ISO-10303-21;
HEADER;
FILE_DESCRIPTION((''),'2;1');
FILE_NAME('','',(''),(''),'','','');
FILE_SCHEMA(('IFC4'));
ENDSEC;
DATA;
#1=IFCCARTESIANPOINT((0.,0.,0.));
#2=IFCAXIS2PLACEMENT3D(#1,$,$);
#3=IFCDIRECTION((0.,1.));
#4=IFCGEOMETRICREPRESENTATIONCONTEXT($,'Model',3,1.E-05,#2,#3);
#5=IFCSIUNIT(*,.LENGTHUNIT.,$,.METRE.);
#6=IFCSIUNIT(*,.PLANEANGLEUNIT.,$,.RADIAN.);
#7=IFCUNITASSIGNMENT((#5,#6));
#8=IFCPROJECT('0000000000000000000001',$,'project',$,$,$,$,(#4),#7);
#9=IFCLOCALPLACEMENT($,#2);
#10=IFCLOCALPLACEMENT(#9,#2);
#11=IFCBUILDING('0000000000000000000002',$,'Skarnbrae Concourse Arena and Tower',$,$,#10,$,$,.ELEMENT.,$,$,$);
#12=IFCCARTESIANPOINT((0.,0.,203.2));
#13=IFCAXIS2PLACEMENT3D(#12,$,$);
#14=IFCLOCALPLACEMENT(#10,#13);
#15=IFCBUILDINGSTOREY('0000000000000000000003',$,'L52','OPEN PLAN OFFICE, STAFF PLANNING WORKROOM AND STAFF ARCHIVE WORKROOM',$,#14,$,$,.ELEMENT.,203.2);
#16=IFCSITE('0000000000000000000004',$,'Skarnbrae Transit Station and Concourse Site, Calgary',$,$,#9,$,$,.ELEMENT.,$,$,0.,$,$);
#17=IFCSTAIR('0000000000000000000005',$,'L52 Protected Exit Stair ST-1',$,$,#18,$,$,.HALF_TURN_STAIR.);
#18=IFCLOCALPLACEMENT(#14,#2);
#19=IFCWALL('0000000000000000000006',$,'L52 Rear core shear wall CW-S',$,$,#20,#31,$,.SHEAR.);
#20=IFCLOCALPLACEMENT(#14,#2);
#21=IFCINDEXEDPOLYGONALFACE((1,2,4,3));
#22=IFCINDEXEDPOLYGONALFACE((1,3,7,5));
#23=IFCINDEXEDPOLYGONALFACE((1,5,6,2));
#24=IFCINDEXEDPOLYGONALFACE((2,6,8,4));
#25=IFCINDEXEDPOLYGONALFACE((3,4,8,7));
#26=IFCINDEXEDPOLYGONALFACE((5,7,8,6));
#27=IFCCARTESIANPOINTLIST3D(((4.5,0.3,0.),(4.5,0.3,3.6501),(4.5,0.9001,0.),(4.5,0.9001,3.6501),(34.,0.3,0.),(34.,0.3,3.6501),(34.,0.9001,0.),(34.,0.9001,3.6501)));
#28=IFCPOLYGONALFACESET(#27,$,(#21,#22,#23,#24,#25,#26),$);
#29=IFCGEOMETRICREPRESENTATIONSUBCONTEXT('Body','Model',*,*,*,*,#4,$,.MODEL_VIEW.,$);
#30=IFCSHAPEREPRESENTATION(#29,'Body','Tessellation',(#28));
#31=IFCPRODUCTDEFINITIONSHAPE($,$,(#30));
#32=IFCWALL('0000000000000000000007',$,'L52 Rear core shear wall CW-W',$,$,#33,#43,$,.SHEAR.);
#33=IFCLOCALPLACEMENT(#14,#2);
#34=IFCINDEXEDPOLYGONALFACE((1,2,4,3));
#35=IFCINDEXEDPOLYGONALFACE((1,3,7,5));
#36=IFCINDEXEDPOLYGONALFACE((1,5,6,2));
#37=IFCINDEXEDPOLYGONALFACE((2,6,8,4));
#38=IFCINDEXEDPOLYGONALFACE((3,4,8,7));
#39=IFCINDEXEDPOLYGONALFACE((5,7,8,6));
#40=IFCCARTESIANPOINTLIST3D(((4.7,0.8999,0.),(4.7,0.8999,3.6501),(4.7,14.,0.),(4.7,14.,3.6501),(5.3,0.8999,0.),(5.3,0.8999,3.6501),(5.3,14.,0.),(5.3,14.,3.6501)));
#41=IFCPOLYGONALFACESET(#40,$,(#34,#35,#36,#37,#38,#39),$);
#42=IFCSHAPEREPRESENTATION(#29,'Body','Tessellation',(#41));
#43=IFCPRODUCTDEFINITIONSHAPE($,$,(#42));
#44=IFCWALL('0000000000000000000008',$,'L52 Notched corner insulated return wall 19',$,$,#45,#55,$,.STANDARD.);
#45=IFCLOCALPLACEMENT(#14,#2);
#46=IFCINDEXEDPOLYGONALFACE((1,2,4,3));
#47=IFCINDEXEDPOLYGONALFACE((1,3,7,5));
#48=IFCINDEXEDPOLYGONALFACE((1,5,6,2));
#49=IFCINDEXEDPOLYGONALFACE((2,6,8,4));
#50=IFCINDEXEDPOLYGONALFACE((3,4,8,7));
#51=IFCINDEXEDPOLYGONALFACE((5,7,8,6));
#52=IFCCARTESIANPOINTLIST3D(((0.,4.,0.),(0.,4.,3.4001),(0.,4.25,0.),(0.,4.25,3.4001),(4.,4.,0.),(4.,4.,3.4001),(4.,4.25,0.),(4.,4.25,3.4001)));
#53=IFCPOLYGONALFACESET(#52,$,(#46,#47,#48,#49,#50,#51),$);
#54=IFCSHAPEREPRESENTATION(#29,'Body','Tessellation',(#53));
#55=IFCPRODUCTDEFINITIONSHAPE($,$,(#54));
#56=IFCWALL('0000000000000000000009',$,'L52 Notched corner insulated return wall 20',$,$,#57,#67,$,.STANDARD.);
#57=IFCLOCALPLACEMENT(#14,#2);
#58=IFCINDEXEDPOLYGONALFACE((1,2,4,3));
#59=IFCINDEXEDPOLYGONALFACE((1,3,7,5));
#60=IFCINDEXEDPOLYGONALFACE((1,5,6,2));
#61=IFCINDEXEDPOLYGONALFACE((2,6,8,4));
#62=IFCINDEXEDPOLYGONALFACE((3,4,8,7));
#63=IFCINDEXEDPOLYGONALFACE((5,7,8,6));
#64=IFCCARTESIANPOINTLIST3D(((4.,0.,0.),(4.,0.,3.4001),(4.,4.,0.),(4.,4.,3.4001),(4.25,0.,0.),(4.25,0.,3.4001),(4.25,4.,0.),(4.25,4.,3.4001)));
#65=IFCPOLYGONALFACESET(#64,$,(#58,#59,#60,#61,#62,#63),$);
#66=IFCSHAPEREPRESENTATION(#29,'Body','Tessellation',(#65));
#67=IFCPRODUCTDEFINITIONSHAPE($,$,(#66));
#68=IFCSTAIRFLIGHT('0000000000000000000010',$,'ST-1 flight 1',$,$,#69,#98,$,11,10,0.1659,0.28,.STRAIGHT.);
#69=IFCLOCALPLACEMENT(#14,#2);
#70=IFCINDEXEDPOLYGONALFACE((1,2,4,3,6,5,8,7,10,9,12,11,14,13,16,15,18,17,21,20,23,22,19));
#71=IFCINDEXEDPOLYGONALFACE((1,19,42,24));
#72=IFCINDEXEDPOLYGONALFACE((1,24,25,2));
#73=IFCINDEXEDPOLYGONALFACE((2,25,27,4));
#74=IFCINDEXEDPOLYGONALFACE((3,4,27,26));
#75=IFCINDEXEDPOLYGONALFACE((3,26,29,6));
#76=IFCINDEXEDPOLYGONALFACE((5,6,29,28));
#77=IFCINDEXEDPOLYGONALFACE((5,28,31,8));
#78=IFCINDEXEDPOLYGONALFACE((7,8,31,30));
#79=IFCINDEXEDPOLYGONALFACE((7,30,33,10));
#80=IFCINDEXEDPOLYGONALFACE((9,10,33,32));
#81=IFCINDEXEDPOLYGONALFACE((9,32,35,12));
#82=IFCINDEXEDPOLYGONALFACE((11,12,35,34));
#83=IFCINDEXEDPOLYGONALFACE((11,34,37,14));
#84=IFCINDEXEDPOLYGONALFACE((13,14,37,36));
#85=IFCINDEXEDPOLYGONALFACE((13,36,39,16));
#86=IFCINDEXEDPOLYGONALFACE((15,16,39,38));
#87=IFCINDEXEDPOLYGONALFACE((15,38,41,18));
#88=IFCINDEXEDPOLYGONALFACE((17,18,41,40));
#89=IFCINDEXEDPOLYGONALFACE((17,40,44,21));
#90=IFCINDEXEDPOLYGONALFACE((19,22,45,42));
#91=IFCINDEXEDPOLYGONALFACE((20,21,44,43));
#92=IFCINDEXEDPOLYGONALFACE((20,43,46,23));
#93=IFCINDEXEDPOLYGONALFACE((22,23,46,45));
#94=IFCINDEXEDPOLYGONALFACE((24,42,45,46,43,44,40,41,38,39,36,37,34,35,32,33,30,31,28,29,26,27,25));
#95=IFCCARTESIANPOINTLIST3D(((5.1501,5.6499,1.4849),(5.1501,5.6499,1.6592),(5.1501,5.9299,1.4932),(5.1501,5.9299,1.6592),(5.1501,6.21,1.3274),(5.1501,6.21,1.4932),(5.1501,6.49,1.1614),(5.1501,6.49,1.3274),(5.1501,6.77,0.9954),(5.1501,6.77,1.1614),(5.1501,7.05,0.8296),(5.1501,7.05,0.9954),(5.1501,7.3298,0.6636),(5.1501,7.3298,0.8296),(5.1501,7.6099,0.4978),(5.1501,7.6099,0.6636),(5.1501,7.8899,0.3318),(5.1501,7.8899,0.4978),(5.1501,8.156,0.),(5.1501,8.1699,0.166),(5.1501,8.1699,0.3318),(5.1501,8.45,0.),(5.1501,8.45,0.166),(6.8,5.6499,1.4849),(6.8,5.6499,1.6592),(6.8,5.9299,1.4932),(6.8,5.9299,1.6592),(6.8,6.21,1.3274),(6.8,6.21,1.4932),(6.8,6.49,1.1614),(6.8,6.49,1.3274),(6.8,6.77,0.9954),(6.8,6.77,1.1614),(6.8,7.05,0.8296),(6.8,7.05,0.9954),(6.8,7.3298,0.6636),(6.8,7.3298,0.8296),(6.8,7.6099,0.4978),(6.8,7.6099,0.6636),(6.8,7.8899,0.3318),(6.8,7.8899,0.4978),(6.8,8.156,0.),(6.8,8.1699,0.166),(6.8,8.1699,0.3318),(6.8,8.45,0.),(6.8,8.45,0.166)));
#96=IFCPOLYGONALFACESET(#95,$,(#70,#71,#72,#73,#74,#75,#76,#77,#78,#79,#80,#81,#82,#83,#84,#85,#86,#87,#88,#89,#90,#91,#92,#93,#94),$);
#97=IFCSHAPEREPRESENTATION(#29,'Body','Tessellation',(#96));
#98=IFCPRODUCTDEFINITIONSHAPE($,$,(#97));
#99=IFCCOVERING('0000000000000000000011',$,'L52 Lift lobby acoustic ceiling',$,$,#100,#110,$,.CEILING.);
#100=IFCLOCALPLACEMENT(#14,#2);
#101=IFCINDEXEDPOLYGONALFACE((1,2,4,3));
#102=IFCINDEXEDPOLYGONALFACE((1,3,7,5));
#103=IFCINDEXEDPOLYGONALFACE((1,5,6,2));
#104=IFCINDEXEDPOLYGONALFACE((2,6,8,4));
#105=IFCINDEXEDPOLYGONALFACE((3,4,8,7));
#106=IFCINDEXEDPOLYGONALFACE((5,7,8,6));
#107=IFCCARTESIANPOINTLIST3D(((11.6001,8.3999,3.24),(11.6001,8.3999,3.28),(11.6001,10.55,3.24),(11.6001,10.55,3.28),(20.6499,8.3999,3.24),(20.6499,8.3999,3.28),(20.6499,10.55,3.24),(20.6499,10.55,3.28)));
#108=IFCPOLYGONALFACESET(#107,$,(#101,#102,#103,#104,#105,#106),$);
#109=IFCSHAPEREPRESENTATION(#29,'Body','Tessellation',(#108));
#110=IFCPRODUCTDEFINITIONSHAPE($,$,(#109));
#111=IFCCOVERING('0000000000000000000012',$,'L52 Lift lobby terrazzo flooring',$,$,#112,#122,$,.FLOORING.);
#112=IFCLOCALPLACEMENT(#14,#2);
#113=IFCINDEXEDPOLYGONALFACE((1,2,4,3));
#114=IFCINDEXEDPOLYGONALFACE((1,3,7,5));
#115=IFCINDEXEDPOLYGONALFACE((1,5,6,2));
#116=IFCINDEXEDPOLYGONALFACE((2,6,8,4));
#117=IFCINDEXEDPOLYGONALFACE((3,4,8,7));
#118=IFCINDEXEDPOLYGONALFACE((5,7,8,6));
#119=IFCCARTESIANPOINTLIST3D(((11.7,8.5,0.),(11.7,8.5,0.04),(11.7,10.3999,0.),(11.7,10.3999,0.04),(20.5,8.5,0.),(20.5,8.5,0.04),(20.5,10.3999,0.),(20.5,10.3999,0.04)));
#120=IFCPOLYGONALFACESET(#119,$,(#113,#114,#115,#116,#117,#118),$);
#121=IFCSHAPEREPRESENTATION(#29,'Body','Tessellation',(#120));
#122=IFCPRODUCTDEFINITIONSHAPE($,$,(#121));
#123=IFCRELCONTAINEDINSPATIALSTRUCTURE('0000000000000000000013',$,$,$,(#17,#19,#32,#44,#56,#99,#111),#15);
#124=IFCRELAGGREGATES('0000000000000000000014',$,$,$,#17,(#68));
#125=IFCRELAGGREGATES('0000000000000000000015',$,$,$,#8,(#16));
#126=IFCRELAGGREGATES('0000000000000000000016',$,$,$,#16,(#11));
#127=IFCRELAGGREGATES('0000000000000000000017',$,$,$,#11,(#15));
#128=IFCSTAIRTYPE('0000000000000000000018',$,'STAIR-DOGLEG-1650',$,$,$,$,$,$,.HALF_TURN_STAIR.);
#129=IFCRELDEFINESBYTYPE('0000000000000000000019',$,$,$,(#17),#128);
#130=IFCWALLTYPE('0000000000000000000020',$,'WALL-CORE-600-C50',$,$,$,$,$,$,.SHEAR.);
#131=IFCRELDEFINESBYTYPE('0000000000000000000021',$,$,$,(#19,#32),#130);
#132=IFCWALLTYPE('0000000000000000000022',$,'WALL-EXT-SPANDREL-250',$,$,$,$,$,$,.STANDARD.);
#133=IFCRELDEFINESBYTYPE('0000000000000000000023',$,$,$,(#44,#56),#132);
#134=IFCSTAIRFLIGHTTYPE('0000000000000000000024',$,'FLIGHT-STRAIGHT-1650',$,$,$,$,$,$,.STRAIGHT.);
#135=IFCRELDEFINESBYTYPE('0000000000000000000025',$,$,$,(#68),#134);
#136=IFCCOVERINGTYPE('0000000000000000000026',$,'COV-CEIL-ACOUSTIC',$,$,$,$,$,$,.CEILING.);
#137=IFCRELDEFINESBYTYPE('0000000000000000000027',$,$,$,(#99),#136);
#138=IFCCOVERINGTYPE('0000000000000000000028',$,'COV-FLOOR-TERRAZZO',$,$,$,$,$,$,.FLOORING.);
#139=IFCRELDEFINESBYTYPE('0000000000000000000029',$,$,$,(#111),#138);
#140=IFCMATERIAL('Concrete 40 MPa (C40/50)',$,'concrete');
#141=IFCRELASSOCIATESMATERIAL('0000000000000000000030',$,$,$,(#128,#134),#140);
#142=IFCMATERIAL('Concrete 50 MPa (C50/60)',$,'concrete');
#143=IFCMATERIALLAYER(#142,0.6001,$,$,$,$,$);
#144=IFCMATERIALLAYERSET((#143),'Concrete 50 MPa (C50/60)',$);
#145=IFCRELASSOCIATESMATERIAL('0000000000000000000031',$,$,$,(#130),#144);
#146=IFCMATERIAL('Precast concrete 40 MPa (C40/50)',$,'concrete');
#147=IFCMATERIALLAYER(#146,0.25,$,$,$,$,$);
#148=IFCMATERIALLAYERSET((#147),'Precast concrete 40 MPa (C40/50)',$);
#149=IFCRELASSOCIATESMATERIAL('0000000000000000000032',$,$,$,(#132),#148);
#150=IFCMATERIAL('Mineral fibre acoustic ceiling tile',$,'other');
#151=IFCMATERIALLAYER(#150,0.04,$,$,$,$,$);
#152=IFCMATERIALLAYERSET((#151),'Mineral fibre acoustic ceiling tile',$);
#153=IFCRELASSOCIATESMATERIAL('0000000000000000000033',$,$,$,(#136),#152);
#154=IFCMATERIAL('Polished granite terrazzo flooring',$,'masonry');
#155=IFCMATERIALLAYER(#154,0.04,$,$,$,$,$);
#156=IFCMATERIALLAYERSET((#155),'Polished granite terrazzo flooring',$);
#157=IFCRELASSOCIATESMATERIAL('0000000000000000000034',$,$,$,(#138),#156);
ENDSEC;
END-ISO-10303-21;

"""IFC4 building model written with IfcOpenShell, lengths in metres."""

from ifc_helpers import new_model, si_unit, direction, frame, frame_2d, origin, place, context, subcontext, project, spatial, polyline, rectangle, outline, extrude, source, transform, mapped, material, layer, layer_set, type_object, element, aggregate, save


model = new_model("IFC4")

# Units and contexts
model_context = context("Model", 3, precision=1e-05, world=origin(), true_north=direction((0.0, 1.0)))
body_context = subcontext(model_context, "Body", "Model", "MODEL_VIEW")
ifc_project = project(units=[si_unit("LENGTHUNIT", "METRE"), si_unit("PLANEANGLEUNIT", "RADIAN")], contexts=[model_context])

# Site, building, storey
site_placement = place(None, origin())
site = spatial("IfcSite", under=ifc_project, at=site_placement, Name="Skarnbrae Transit Station and Concourse Site, Calgary", CompositionType="ELEMENT", RefElevation=0.0)
building_placement = place(site_placement, origin())
building = spatial("IfcBuilding", under=site, at=building_placement, Name="Skarnbrae Concourse Arena and Tower", CompositionType="ELEMENT")
storey_placement = place(building_placement, frame((0.0, 0.0, 203.2)))
storey = spatial("IfcBuildingStorey", under=building, at=storey_placement, Name="L52", Description="OPEN PLAN OFFICE, STAFF PLANNING WORKROOM AND STAFF ARCHIVE WORKROOM", CompositionType="ELEMENT", Elevation=203.2)

# Stair
ifc_material_1 = material(Name="Concrete 40 MPa (C40/50)", Category="concrete")
stair_type = type_object("IfcStairType", Name="STAIR-DOGLEG-1650", PredefinedType="HALF_TURN_STAIR", material=ifc_material_1)
stair_1_placement = place(storey_placement, origin())
stair_1 = element("IfcStair", 1, at=stair_1_placement, inside=storey, type_object=stair_type, Name="L52 Protected Exit Stair ST-1", PredefinedType="HALF_TURN_STAIR")

# Walls
ifc_material_2 = material(Name="Concrete 50 MPa (C50/60)", Category="concrete")
ifc_layer_1 = layer(ifc_material_2, 0.6001)
ifc_layer_set_1 = layer_set([ifc_layer_1], Name="Concrete 50 MPa (C50/60)")
wall_type_1 = type_object("IfcWallType", Name="WALL-CORE-600-C50", PredefinedType="SHEAR", material=ifc_layer_set_1)
shared_shape_1 = source(origin(), body_context, "Body", "SweptSolid", [
    extrude(rectangle(XDim=29.5, YDim=0.6001, at=frame_2d((14.75, 0.0))), origin(), (0.0, 0.0, 1.0), 3.6501),
])
wall_1_placement = place(storey_placement, frame((4.5, 0.6001, 0.0), z_axis=(0.0, 0.0, 1.0), x_axis=(1.0, 0.0, 0.0)))
element("IfcWall", 2, at=wall_1_placement, inside=storey, type_object=wall_type_1, Name="L52 Rear core shear wall CW-S", PredefinedType="SHEAR", context=body_context, shape_type="MappedRepresentation", body=[
    mapped(shared_shape_1, transform((0.0, 0.0, 0.0))),
])
shared_shape_2 = source(origin(), body_context, "Body", "SweptSolid", [
    extrude(rectangle(XDim=13.1001, YDim=0.6001, at=frame_2d((6.55, 0.0))), origin(), (0.0, 0.0, 1.0), 3.6501),
])
wall_2_placement = place(storey_placement, frame((5.0, 0.8999, 0.0), z_axis=(0.0, 0.0, 1.0), x_axis=(0.0, 1.0, 0.0)))
element("IfcWall", 3, at=wall_2_placement, inside=storey, type_object=wall_type_1, Name="L52 Rear core shear wall CW-W", PredefinedType="SHEAR", context=body_context, shape_type="MappedRepresentation", body=[
    mapped(shared_shape_2, transform((0.0, 0.0, 0.0))),
])
ifc_material_3 = material(Name="Precast concrete 40 MPa (C40/50)", Category="concrete")
ifc_layer_2 = layer(ifc_material_3, 0.25)
ifc_layer_set_2 = layer_set([ifc_layer_2], Name="Precast concrete 40 MPa (C40/50)")
wall_type_2 = type_object("IfcWallType", Name="WALL-EXT-SPANDREL-250", PredefinedType="STANDARD", material=ifc_layer_set_2)
shared_shape_3 = source(origin(), body_context, "Body", "SweptSolid", [
    extrude(rectangle(XDim=4.0, YDim=0.25, at=frame_2d((2.0, 0.0))), origin(), (0.0, 0.0, 1.0), 3.4001),
])
for number, where, z_axis, x_axis, name in (
    (4, (0.0, 4.125, 0.0), (0.0, 0.0, 1.0), (1.0, 0.0, 0.0), "L52 Notched corner insulated return wall 19"),
    (5, (4.125, 4.0, 0.0), (0.0, 0.0, 1.0), (0.0, -1.0, 0.0), "L52 Notched corner insulated return wall 20"),
):
    element("IfcWall", number, at=place(storey_placement, frame(where, z_axis=z_axis, x_axis=x_axis)), inside=storey, type_object=wall_type_2, Name=name, PredefinedType="STANDARD", context=body_context, shape_type="MappedRepresentation", body=[
        mapped(shared_shape_3, transform((0.0, 0.0, 0.0))),
    ])

# Stair flight
stair_flight_type = type_object("IfcStairFlightType", Name="FLIGHT-STRAIGHT-1650", PredefinedType="STRAIGHT", material=ifc_material_1)
shared_shape_4 = source(origin(), body_context, "Body", "SweptSolid", [
    extrude(outline(polyline([(0.0, 0.0), (0.0, 0.166), (0.28, 0.166), (0.28, 0.3318), (0.5601, 0.3318), (0.5601, 0.4978), (0.8401, 0.4978), (0.8401, 0.6636), (1.1201, 0.6636), (1.1201, 0.8296), (1.3999, 0.8296), (1.3999, 0.9954), (1.6799, 0.9954), (1.6799, 1.1614), (1.96, 1.1614), (1.96, 1.3274), (2.24, 1.3274), (2.24, 1.4932), (2.52, 1.4932), (2.52, 1.6592), (2.8, 1.6592), (2.8, 1.825), (2.8, 1.4849), (0.2939, 0.0), (0.0, 0.0)])), frame((0.0, 0.825, 0.0), z_axis=(0.0, -1.0, 0.0), x_axis=(1.0, 0.0, 0.0)), (0.0, 0.0, 1.0), 1.6499),
])
stair_flight_placement = place(storey_placement, frame((5.9751, 8.45, 0.0), z_axis=(0.0, 0.0, 1.0), x_axis=(0.0, -1.0, 0.0)))
stair_flight = element("IfcStairFlight", 6, at=stair_flight_placement, type_object=stair_flight_type, Name="ST-1 flight 1", NumberOfRisers=11, NumberOfTreads=10, PredefinedType="STRAIGHT", RiserHeight=0.1659, TreadLength=0.28, context=body_context, shape_type="MappedRepresentation", body=[
    mapped(shared_shape_4, transform((0.0, 0.0, 0.0))),
])
aggregate(stair_1, [stair_flight])

# Coverings
ifc_material_4 = material(Name="Mineral fibre acoustic ceiling tile", Category="other")
ifc_layer_3 = layer(ifc_material_4, 0.04)
ifc_layer_set_3 = layer_set([ifc_layer_3], Name="Mineral fibre acoustic ceiling tile")
covering_type_1 = type_object("IfcCoveringType", Name="COV-CEIL-ACOUSTIC", PredefinedType="CEILING", material=ifc_layer_set_3)
covering_1_placement = place(storey_placement, frame((0.0, 0.0, 3.24)))
element("IfcCovering", 7, at=covering_1_placement, inside=storey, type_object=covering_type_1, Name="L52 Lift lobby acoustic ceiling", PredefinedType="CEILING", context=body_context, shape_type="SweptSolid", body=[
    extrude(outline(polyline([(11.6001, 8.3999), (20.6499, 8.3999), (20.6499, 10.55), (11.6001, 10.55), (11.6001, 8.3999)])), origin(), (0.0, 0.0, 1.0), 0.04),
])
ifc_material_5 = material(Name="Polished granite terrazzo flooring", Category="masonry")
ifc_layer_4 = layer(ifc_material_5, 0.04)
ifc_layer_set_4 = layer_set([ifc_layer_4], Name="Polished granite terrazzo flooring")
covering_type_2 = type_object("IfcCoveringType", Name="COV-FLOOR-TERRAZZO", PredefinedType="FLOORING", material=ifc_layer_set_4)
covering_2_placement = place(storey_placement, origin())
element("IfcCovering", 8, at=covering_2_placement, inside=storey, type_object=covering_type_2, Name="L52 Lift lobby terrazzo flooring", PredefinedType="FLOORING", context=body_context, shape_type="SweptSolid", body=[
    extrude(outline(polyline([(11.7, 8.5), (20.5, 8.5), (20.5, 10.3999), (11.7, 10.3999), (11.7, 8.5)])), origin(), (0.0, 0.0, 1.0), 0.04),
])

save(model, "model.ifc")
